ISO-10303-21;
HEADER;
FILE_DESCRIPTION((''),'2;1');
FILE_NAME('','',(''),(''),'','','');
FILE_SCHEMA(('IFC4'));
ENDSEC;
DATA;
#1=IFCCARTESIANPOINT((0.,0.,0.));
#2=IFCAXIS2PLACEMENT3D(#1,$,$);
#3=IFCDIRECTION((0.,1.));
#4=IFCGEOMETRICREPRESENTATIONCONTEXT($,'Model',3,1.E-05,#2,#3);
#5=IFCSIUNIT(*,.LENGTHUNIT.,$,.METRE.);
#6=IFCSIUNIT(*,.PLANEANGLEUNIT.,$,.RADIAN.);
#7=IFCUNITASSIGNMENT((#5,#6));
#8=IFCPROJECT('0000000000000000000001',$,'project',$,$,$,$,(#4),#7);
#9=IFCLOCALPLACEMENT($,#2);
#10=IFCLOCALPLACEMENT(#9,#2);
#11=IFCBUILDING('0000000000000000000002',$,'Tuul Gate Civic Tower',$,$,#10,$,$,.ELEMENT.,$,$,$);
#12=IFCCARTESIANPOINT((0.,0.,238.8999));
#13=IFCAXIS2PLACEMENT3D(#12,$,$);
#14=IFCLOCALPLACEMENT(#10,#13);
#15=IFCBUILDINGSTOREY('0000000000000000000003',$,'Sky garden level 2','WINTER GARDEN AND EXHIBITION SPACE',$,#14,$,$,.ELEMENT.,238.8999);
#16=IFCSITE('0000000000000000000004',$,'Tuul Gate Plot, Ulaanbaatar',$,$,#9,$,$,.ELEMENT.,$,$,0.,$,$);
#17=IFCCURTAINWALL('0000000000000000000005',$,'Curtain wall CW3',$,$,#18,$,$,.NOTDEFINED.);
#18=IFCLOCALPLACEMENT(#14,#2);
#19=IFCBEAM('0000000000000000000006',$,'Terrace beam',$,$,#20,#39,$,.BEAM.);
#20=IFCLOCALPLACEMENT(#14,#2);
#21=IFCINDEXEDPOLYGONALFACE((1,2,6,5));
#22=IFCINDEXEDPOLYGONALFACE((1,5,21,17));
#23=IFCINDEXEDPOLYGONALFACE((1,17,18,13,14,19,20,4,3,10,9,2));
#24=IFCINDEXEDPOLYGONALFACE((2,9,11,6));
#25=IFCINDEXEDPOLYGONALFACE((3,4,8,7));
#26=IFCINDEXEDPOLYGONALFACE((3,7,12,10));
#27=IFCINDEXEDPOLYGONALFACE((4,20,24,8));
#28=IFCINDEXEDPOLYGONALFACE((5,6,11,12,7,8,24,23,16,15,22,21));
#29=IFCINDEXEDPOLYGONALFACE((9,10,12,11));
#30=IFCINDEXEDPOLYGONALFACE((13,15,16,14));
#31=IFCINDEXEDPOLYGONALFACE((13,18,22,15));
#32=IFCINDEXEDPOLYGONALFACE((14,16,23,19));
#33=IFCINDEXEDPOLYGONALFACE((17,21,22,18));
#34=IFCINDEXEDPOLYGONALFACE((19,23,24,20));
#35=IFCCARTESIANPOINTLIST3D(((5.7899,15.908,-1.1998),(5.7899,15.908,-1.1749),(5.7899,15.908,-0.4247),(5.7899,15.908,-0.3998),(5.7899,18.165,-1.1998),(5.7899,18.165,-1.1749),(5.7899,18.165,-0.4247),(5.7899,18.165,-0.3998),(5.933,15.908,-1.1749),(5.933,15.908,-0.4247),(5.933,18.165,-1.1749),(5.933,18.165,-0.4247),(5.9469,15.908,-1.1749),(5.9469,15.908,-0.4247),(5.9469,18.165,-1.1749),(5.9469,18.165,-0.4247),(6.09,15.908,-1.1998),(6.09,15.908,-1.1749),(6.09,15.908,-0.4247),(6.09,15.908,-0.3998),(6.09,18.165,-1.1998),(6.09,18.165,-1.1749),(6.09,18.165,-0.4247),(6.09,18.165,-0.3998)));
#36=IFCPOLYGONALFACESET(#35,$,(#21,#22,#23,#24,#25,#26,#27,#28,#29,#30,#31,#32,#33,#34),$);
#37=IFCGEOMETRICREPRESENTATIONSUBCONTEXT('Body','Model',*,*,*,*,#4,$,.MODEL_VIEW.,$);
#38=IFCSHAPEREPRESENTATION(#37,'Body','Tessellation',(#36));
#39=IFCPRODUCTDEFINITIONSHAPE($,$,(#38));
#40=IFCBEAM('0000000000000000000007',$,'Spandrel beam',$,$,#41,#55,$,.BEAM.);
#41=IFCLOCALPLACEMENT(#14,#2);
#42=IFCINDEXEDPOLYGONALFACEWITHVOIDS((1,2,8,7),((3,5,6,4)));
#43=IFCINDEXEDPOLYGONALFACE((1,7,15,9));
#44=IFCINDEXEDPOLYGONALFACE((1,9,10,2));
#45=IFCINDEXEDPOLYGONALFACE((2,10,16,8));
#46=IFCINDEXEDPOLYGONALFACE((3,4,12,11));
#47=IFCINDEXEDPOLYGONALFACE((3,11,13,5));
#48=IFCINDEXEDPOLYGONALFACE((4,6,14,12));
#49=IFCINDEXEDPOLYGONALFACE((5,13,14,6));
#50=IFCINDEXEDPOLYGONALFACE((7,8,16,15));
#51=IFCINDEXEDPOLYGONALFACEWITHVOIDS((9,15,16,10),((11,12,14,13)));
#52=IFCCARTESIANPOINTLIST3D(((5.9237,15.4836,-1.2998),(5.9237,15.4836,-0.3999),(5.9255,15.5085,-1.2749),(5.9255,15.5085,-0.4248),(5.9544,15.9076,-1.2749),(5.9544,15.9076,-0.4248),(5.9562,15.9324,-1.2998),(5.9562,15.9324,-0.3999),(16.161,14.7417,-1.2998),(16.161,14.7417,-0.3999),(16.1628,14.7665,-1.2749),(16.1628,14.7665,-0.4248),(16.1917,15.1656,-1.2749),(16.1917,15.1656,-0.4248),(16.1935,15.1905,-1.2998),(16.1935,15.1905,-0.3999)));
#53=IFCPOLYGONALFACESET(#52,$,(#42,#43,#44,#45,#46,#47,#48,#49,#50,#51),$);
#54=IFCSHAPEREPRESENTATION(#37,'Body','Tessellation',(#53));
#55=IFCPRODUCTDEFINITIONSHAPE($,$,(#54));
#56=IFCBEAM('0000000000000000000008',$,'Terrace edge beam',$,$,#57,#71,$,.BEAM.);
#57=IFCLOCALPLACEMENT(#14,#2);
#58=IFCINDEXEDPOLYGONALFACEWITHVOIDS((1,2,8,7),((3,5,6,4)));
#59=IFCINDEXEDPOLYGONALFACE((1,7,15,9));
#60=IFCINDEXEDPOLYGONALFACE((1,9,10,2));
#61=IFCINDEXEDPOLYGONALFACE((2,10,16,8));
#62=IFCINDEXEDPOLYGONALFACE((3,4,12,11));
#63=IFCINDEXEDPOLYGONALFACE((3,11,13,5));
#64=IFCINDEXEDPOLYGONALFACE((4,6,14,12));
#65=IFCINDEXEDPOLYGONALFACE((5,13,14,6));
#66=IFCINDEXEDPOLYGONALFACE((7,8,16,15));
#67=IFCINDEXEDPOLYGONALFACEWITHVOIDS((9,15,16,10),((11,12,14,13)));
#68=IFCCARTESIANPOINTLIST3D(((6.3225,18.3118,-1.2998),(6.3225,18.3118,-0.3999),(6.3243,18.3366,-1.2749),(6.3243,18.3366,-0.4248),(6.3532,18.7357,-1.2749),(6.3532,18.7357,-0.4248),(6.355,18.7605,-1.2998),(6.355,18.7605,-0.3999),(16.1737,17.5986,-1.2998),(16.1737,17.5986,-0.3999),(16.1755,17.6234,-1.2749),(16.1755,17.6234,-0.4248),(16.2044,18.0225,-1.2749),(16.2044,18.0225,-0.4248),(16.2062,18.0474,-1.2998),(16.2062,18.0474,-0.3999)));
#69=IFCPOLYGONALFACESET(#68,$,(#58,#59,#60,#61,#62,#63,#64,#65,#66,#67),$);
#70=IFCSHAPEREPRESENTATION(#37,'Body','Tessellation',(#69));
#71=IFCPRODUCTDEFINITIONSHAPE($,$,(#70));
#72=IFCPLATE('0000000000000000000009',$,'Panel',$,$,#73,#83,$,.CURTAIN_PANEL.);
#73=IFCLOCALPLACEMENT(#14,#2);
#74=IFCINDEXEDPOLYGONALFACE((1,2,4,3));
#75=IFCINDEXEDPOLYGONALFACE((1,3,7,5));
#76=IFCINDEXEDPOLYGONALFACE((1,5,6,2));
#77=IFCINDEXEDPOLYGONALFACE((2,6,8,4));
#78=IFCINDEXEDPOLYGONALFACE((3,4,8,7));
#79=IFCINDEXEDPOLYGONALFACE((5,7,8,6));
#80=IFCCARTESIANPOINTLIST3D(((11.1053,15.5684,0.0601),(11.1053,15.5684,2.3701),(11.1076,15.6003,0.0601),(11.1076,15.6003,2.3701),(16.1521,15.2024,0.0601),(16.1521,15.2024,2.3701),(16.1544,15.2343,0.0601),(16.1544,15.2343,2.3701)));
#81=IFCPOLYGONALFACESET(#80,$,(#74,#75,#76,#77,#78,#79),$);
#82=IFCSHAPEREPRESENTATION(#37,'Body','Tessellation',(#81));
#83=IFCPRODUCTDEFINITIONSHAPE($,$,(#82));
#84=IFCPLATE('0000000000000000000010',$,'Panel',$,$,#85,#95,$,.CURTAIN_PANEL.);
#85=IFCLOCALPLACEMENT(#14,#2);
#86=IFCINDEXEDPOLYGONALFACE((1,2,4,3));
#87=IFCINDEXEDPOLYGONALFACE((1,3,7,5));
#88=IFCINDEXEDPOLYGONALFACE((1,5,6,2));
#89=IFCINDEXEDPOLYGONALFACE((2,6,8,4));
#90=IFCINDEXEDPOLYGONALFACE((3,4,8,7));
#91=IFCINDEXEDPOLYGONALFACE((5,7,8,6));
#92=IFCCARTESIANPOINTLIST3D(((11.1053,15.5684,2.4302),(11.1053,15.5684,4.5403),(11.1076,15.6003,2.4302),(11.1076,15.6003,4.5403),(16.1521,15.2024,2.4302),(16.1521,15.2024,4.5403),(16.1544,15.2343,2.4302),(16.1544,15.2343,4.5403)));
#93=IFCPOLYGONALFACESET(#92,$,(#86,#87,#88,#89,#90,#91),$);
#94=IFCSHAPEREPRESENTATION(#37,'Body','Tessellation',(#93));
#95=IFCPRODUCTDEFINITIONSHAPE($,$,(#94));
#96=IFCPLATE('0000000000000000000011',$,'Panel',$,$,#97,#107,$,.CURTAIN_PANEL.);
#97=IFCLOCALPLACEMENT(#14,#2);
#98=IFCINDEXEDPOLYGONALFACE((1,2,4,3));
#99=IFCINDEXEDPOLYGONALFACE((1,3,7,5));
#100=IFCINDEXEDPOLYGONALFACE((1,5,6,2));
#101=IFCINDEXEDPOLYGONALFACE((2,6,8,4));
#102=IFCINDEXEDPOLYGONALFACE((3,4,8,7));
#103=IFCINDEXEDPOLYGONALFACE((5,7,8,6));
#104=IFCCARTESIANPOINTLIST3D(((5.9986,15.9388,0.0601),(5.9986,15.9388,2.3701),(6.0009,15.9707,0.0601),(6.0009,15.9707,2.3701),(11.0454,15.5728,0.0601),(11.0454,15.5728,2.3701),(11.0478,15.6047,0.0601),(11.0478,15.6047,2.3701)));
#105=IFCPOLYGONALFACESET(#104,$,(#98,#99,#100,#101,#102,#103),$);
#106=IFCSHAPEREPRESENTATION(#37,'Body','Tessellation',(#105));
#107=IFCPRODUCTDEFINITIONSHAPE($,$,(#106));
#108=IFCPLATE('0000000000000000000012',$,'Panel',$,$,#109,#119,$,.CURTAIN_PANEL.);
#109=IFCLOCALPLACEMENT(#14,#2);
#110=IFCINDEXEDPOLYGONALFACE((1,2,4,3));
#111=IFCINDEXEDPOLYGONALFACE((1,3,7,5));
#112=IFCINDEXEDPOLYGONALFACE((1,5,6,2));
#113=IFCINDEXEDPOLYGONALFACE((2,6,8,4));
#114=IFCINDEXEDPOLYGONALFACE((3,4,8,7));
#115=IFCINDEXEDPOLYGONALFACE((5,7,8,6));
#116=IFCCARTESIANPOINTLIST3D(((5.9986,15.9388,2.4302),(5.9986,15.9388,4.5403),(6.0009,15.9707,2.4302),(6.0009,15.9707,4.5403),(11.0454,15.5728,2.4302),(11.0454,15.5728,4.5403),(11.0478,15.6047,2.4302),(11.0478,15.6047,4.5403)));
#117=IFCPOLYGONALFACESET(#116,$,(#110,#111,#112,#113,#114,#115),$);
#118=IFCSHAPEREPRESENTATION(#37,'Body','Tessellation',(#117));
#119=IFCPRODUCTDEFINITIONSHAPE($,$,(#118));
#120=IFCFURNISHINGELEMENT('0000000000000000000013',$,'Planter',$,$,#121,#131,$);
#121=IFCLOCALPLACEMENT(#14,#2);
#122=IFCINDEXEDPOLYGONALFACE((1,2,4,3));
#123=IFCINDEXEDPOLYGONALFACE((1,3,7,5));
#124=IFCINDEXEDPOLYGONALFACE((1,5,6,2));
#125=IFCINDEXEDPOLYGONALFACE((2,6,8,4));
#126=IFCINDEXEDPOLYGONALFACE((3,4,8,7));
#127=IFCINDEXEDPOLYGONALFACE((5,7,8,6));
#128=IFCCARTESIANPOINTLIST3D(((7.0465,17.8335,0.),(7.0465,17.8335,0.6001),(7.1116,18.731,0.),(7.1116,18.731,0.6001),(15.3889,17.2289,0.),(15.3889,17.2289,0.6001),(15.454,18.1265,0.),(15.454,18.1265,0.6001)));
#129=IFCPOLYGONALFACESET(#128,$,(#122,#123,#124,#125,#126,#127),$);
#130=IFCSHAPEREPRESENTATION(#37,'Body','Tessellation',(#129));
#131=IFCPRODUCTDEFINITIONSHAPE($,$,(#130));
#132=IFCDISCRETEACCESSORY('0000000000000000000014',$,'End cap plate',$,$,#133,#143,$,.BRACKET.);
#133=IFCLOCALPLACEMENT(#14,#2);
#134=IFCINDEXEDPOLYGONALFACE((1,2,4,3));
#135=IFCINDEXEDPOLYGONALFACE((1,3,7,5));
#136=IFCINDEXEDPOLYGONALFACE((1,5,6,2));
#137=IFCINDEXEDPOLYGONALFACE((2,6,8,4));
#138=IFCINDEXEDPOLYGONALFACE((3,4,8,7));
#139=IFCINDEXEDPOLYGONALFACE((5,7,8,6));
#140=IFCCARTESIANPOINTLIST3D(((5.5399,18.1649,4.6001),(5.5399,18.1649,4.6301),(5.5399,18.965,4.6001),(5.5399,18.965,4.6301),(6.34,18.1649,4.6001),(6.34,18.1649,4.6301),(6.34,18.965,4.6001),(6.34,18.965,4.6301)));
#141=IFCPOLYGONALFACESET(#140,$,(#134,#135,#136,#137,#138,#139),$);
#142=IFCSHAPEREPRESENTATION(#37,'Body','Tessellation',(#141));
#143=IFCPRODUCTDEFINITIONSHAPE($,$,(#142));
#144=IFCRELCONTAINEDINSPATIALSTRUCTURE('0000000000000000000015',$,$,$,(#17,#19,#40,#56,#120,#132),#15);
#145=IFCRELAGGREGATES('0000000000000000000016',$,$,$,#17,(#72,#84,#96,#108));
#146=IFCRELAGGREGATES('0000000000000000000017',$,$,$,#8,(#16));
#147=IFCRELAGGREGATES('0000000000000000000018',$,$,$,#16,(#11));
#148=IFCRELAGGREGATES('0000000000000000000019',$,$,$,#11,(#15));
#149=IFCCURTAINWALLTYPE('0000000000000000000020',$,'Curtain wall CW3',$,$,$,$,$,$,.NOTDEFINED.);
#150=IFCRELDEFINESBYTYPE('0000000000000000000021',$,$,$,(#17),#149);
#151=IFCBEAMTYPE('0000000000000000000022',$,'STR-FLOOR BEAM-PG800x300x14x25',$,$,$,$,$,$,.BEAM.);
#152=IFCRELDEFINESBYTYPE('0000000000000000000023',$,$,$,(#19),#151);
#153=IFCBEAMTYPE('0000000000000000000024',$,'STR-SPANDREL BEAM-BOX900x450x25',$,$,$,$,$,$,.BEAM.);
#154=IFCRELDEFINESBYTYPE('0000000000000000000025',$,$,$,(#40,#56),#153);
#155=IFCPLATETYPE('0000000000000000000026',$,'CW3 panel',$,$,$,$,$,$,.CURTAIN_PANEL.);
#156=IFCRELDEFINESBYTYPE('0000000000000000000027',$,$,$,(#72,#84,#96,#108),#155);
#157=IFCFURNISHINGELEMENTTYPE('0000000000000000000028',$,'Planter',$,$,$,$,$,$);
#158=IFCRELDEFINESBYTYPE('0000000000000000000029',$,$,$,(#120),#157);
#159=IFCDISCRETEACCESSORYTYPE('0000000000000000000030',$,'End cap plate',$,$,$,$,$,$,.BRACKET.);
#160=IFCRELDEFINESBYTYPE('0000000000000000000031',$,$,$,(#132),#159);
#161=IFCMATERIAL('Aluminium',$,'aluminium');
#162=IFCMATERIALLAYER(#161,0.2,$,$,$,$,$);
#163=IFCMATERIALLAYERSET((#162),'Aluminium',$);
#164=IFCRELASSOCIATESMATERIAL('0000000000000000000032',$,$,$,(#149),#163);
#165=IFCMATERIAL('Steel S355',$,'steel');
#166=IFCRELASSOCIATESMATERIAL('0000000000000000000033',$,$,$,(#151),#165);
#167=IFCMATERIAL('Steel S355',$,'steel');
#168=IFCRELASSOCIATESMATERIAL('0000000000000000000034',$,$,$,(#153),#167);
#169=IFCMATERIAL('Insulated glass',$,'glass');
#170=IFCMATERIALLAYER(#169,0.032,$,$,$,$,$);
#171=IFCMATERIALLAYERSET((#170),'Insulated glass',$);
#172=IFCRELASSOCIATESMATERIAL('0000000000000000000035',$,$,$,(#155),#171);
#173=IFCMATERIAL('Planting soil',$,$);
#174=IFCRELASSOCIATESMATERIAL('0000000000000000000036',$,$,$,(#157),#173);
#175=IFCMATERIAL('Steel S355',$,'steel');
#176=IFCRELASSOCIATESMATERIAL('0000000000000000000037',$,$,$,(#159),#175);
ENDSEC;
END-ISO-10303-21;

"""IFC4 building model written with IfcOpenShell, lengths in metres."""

from ifc_helpers import new_model, si_unit, direction, frame, origin, origin_2d, place, context, subcontext, project, spatial, rectangle, hollow_rectangle, i_section, extrude, material, layer, layer_set, material_profile, profile_set, type_object, element, aggregate, save


model = new_model("IFC4")

# Units and contexts
model_context = context("Model", 3, precision=1e-05, world=origin(), true_north=direction((0.0, 1.0)))
body_context = subcontext(model_context, "Body", "Model", "MODEL_VIEW")
ifc_project = project(units=[si_unit("LENGTHUNIT", "METRE"), si_unit("PLANEANGLEUNIT", "RADIAN")], contexts=[model_context])

# Site, building, storey
site_placement = place(None, origin())
site = spatial("IfcSite", under=ifc_project, at=site_placement, Name="Tuul Gate Plot, Ulaanbaatar", CompositionType="ELEMENT", RefElevation=0.0)
building_placement = place(site_placement, origin())
building = spatial("IfcBuilding", under=site, at=building_placement, Name="Tuul Gate Civic Tower", CompositionType="ELEMENT")
storey_placement = place(building_placement, frame((0.0, 0.0, 238.8999)))
storey = spatial("IfcBuildingStorey", under=building, at=storey_placement, Name="Sky garden level 2", Description="WINTER GARDEN AND EXHIBITION SPACE", CompositionType="ELEMENT", Elevation=238.8999)

# Curtain wall
ifc_material_1 = material(Name="Aluminium", Category="aluminium")
ifc_layer_1 = layer(ifc_material_1, 0.2)
ifc_layer_set_1 = layer_set([ifc_layer_1], Name="Aluminium")
curtain_wall_type = type_object("IfcCurtainWallType", Name="Curtain wall CW3", PredefinedType="NOTDEFINED", material=ifc_layer_set_1)
curtain_wall_1_placement = place(storey_placement, origin())
curtain_wall_1 = element("IfcCurtainWall", 1, at=curtain_wall_1_placement, inside=storey, type_object=curtain_wall_type, Name="Curtain wall CW3", PredefinedType="NOTDEFINED")

# Beams
ifc_material_2 = material(Name="Steel S355", Category="steel")
ifc_material_profile_1 = material_profile(ifc_material_2, i_section(OverallWidth=0.3, OverallDepth=0.8, WebThickness=0.0139, FlangeThickness=0.0249, at=origin_2d()), Name="PG800x300x14x25")
ifc_profile_set_1 = profile_set([ifc_material_profile_1], Name="Steel S355")
beam_type_1 = type_object("IfcBeamType", Name="STR-FLOOR BEAM-PG800x300x14x25", PredefinedType="BEAM", material=ifc_profile_set_1)
beam_1_placement = place(storey_placement, frame((5.9399, 18.165, -0.7998), z_axis=(0.0, -1.0, 0.0), x_axis=(1.0, 0.0, 0.0)))
element("IfcBeam", 2, at=beam_1_placement, inside=storey, type_object=beam_type_1, Name="Terrace beam", PredefinedType="BEAM", context=body_context, shape_type="SweptSolid", body=[
    extrude(i_section(OverallWidth=0.3, OverallDepth=0.8, WebThickness=0.0139, FlangeThickness=0.0249, at=origin_2d()), origin(), (0.0, 0.0, 1.0), 2.2571),
])
ifc_material_3 = material(Name="Steel S355", Category="steel")
ifc_material_profile_2 = material_profile(ifc_material_3, hollow_rectangle(XDim=0.45, YDim=0.8999, WallThickness=0.0249, at=origin_2d()), Name="BOX900x450x25")
ifc_profile_set_2 = profile_set([ifc_material_profile_2], Name="Steel S355")
beam_type_2 = type_object("IfcBeamType", Name="STR-SPANDREL BEAM-BOX900x450x25", PredefinedType="BEAM", material=ifc_profile_set_2)
beam_2_placement = place(storey_placement, frame((5.9399, 15.708, -0.8499), z_axis=(0.997384, -0.072285, 0.0), x_axis=(0.072285, 0.997384, 0.0)))
element("IfcBeam", 3, at=beam_2_placement, inside=storey, type_object=beam_type_2, Name="Spandrel beam", PredefinedType="BEAM", context=body_context, shape_type="SweptSolid", body=[
    extrude(hollow_rectangle(XDim=0.45, YDim=0.8999, WallThickness=0.0249, at=origin_2d()), origin(), (0.0, 0.0, 1.0), 10.2642),
])
beam_3_placement = place(storey_placement, frame((16.1899, 17.823, -0.8499), z_axis=(-0.99739, 0.072203, 0.0), x_axis=(-0.072203, -0.99739, 0.0)))
element("IfcBeam", 4, at=beam_3_placement, inside=storey, type_object=beam_type_2, Name="Terrace edge beam", PredefinedType="BEAM", context=body_context, shape_type="SweptSolid", body=[
    extrude(hollow_rectangle(XDim=0.45, YDim=0.8999, WallThickness=0.0249, at=origin_2d()), origin(), (0.0, 0.0, 1.0), 9.877),
])

# Plates
ifc_material_4 = material(Name="Insulated glass", Category="glass")
ifc_layer_2 = layer(ifc_material_4, 0.032)
ifc_layer_set_2 = layer_set([ifc_layer_2], Name="Insulated glass")
plate_type = type_object("IfcPlateType", Name="CW3 panel", PredefinedType="CURTAIN_PANEL", material=ifc_layer_set_2)
plate_1_placement = place(storey_placement, frame((13.6299, 15.4014, 0.0601), z_axis=(0.0, 0.0, 1.0), x_axis=(-0.997381, 0.07233, 0.0)))
plate_1 = element("IfcPlate", 5, at=plate_1_placement, type_object=plate_type, Name="Panel", PredefinedType="CURTAIN_PANEL", context=body_context, shape_type="SweptSolid", body=[
    extrude(rectangle(XDim=5.0601, YDim=0.032, at=origin_2d()), origin(), (0.0, 0.0, 1.0), 2.3101),
])
plate_2_placement = place(storey_placement, frame((13.6299, 15.4014, 2.4302), z_axis=(0.0, 0.0, 1.0), x_axis=(-0.997381, 0.07233, 0.0)))
plate_2 = element("IfcPlate", 6, at=plate_2_placement, type_object=plate_type, Name="Panel", PredefinedType="CURTAIN_PANEL", context=body_context, shape_type="SweptSolid", body=[
    extrude(rectangle(XDim=5.0601, YDim=0.032, at=origin_2d()), origin(), (0.0, 0.0, 1.0), 2.1101),
])
plate_3_placement = place(storey_placement, frame((8.5232, 15.7717, 0.0601), z_axis=(0.0, 0.0, 1.0), x_axis=(-0.997381, 0.07233, 0.0)))
plate_3 = element("IfcPlate", 7, at=plate_3_placement, type_object=plate_type, Name="Panel", PredefinedType="CURTAIN_PANEL", context=body_context, shape_type="SweptSolid", body=[
    extrude(rectangle(XDim=5.0601, YDim=0.032, at=origin_2d()), origin(), (0.0, 0.0, 1.0), 2.3101),
])
plate_4_placement = place(storey_placement, frame((8.5232, 15.7717, 2.4302), z_axis=(0.0, 0.0, 1.0), x_axis=(-0.997381, 0.07233, 0.0)))
plate_4 = element("IfcPlate", 8, at=plate_4_placement, type_object=plate_type, Name="Panel", PredefinedType="CURTAIN_PANEL", context=body_context, shape_type="SweptSolid", body=[
    extrude(rectangle(XDim=5.0601, YDim=0.032, at=origin_2d()), origin(), (0.0, 0.0, 1.0), 2.1101),
])
aggregate(curtain_wall_1, [plate_1, plate_2, plate_3, plate_4])

# Furnishing element
ifc_material_5 = material(Name="Planting soil")
furnishing_element_type = type_object("IfcFurnishingElementType", Name="Planter", material=ifc_material_5)
furnishing_placement = place(storey_placement, frame((11.2502, 17.98, 0.0), z_axis=(0.0, 0.0, 1.0), x_axis=(-0.997385, 0.072277, 0.0)))
element("IfcFurnishingElement", 9, at=furnishing_placement, inside=storey, type_object=furnishing_element_type, Name="Planter", context=body_context, shape_type="SweptSolid", body=[
    extrude(rectangle(XDim=8.3643, YDim=0.8999, at=origin_2d()), origin(), (0.0, 0.0, 1.0), 0.6001),
])

# Discrete accessory
ifc_material_6 = material(Name="Steel S355", Category="steel")
discrete_accessory_type = type_object("IfcDiscreteAccessoryType", Name="End cap plate", PredefinedType="BRACKET", material=ifc_material_6)
discrete_accessory_placement = place(storey_placement, frame((5.9399, 18.5649, 4.6001), z_axis=(0.0, 0.0, 1.0), x_axis=(1.0, 0.0, 0.0)))
element("IfcDiscreteAccessory", 10, at=discrete_accessory_placement, inside=storey, type_object=discrete_accessory_type, Name="End cap plate", PredefinedType="BRACKET", context=body_context, shape_type="SweptSolid", body=[
    extrude(rectangle(XDim=0.8, YDim=0.8, at=origin_2d()), origin(), (0.0, 0.0, 1.0), 0.03),
])

save(model, "model.ifc")
